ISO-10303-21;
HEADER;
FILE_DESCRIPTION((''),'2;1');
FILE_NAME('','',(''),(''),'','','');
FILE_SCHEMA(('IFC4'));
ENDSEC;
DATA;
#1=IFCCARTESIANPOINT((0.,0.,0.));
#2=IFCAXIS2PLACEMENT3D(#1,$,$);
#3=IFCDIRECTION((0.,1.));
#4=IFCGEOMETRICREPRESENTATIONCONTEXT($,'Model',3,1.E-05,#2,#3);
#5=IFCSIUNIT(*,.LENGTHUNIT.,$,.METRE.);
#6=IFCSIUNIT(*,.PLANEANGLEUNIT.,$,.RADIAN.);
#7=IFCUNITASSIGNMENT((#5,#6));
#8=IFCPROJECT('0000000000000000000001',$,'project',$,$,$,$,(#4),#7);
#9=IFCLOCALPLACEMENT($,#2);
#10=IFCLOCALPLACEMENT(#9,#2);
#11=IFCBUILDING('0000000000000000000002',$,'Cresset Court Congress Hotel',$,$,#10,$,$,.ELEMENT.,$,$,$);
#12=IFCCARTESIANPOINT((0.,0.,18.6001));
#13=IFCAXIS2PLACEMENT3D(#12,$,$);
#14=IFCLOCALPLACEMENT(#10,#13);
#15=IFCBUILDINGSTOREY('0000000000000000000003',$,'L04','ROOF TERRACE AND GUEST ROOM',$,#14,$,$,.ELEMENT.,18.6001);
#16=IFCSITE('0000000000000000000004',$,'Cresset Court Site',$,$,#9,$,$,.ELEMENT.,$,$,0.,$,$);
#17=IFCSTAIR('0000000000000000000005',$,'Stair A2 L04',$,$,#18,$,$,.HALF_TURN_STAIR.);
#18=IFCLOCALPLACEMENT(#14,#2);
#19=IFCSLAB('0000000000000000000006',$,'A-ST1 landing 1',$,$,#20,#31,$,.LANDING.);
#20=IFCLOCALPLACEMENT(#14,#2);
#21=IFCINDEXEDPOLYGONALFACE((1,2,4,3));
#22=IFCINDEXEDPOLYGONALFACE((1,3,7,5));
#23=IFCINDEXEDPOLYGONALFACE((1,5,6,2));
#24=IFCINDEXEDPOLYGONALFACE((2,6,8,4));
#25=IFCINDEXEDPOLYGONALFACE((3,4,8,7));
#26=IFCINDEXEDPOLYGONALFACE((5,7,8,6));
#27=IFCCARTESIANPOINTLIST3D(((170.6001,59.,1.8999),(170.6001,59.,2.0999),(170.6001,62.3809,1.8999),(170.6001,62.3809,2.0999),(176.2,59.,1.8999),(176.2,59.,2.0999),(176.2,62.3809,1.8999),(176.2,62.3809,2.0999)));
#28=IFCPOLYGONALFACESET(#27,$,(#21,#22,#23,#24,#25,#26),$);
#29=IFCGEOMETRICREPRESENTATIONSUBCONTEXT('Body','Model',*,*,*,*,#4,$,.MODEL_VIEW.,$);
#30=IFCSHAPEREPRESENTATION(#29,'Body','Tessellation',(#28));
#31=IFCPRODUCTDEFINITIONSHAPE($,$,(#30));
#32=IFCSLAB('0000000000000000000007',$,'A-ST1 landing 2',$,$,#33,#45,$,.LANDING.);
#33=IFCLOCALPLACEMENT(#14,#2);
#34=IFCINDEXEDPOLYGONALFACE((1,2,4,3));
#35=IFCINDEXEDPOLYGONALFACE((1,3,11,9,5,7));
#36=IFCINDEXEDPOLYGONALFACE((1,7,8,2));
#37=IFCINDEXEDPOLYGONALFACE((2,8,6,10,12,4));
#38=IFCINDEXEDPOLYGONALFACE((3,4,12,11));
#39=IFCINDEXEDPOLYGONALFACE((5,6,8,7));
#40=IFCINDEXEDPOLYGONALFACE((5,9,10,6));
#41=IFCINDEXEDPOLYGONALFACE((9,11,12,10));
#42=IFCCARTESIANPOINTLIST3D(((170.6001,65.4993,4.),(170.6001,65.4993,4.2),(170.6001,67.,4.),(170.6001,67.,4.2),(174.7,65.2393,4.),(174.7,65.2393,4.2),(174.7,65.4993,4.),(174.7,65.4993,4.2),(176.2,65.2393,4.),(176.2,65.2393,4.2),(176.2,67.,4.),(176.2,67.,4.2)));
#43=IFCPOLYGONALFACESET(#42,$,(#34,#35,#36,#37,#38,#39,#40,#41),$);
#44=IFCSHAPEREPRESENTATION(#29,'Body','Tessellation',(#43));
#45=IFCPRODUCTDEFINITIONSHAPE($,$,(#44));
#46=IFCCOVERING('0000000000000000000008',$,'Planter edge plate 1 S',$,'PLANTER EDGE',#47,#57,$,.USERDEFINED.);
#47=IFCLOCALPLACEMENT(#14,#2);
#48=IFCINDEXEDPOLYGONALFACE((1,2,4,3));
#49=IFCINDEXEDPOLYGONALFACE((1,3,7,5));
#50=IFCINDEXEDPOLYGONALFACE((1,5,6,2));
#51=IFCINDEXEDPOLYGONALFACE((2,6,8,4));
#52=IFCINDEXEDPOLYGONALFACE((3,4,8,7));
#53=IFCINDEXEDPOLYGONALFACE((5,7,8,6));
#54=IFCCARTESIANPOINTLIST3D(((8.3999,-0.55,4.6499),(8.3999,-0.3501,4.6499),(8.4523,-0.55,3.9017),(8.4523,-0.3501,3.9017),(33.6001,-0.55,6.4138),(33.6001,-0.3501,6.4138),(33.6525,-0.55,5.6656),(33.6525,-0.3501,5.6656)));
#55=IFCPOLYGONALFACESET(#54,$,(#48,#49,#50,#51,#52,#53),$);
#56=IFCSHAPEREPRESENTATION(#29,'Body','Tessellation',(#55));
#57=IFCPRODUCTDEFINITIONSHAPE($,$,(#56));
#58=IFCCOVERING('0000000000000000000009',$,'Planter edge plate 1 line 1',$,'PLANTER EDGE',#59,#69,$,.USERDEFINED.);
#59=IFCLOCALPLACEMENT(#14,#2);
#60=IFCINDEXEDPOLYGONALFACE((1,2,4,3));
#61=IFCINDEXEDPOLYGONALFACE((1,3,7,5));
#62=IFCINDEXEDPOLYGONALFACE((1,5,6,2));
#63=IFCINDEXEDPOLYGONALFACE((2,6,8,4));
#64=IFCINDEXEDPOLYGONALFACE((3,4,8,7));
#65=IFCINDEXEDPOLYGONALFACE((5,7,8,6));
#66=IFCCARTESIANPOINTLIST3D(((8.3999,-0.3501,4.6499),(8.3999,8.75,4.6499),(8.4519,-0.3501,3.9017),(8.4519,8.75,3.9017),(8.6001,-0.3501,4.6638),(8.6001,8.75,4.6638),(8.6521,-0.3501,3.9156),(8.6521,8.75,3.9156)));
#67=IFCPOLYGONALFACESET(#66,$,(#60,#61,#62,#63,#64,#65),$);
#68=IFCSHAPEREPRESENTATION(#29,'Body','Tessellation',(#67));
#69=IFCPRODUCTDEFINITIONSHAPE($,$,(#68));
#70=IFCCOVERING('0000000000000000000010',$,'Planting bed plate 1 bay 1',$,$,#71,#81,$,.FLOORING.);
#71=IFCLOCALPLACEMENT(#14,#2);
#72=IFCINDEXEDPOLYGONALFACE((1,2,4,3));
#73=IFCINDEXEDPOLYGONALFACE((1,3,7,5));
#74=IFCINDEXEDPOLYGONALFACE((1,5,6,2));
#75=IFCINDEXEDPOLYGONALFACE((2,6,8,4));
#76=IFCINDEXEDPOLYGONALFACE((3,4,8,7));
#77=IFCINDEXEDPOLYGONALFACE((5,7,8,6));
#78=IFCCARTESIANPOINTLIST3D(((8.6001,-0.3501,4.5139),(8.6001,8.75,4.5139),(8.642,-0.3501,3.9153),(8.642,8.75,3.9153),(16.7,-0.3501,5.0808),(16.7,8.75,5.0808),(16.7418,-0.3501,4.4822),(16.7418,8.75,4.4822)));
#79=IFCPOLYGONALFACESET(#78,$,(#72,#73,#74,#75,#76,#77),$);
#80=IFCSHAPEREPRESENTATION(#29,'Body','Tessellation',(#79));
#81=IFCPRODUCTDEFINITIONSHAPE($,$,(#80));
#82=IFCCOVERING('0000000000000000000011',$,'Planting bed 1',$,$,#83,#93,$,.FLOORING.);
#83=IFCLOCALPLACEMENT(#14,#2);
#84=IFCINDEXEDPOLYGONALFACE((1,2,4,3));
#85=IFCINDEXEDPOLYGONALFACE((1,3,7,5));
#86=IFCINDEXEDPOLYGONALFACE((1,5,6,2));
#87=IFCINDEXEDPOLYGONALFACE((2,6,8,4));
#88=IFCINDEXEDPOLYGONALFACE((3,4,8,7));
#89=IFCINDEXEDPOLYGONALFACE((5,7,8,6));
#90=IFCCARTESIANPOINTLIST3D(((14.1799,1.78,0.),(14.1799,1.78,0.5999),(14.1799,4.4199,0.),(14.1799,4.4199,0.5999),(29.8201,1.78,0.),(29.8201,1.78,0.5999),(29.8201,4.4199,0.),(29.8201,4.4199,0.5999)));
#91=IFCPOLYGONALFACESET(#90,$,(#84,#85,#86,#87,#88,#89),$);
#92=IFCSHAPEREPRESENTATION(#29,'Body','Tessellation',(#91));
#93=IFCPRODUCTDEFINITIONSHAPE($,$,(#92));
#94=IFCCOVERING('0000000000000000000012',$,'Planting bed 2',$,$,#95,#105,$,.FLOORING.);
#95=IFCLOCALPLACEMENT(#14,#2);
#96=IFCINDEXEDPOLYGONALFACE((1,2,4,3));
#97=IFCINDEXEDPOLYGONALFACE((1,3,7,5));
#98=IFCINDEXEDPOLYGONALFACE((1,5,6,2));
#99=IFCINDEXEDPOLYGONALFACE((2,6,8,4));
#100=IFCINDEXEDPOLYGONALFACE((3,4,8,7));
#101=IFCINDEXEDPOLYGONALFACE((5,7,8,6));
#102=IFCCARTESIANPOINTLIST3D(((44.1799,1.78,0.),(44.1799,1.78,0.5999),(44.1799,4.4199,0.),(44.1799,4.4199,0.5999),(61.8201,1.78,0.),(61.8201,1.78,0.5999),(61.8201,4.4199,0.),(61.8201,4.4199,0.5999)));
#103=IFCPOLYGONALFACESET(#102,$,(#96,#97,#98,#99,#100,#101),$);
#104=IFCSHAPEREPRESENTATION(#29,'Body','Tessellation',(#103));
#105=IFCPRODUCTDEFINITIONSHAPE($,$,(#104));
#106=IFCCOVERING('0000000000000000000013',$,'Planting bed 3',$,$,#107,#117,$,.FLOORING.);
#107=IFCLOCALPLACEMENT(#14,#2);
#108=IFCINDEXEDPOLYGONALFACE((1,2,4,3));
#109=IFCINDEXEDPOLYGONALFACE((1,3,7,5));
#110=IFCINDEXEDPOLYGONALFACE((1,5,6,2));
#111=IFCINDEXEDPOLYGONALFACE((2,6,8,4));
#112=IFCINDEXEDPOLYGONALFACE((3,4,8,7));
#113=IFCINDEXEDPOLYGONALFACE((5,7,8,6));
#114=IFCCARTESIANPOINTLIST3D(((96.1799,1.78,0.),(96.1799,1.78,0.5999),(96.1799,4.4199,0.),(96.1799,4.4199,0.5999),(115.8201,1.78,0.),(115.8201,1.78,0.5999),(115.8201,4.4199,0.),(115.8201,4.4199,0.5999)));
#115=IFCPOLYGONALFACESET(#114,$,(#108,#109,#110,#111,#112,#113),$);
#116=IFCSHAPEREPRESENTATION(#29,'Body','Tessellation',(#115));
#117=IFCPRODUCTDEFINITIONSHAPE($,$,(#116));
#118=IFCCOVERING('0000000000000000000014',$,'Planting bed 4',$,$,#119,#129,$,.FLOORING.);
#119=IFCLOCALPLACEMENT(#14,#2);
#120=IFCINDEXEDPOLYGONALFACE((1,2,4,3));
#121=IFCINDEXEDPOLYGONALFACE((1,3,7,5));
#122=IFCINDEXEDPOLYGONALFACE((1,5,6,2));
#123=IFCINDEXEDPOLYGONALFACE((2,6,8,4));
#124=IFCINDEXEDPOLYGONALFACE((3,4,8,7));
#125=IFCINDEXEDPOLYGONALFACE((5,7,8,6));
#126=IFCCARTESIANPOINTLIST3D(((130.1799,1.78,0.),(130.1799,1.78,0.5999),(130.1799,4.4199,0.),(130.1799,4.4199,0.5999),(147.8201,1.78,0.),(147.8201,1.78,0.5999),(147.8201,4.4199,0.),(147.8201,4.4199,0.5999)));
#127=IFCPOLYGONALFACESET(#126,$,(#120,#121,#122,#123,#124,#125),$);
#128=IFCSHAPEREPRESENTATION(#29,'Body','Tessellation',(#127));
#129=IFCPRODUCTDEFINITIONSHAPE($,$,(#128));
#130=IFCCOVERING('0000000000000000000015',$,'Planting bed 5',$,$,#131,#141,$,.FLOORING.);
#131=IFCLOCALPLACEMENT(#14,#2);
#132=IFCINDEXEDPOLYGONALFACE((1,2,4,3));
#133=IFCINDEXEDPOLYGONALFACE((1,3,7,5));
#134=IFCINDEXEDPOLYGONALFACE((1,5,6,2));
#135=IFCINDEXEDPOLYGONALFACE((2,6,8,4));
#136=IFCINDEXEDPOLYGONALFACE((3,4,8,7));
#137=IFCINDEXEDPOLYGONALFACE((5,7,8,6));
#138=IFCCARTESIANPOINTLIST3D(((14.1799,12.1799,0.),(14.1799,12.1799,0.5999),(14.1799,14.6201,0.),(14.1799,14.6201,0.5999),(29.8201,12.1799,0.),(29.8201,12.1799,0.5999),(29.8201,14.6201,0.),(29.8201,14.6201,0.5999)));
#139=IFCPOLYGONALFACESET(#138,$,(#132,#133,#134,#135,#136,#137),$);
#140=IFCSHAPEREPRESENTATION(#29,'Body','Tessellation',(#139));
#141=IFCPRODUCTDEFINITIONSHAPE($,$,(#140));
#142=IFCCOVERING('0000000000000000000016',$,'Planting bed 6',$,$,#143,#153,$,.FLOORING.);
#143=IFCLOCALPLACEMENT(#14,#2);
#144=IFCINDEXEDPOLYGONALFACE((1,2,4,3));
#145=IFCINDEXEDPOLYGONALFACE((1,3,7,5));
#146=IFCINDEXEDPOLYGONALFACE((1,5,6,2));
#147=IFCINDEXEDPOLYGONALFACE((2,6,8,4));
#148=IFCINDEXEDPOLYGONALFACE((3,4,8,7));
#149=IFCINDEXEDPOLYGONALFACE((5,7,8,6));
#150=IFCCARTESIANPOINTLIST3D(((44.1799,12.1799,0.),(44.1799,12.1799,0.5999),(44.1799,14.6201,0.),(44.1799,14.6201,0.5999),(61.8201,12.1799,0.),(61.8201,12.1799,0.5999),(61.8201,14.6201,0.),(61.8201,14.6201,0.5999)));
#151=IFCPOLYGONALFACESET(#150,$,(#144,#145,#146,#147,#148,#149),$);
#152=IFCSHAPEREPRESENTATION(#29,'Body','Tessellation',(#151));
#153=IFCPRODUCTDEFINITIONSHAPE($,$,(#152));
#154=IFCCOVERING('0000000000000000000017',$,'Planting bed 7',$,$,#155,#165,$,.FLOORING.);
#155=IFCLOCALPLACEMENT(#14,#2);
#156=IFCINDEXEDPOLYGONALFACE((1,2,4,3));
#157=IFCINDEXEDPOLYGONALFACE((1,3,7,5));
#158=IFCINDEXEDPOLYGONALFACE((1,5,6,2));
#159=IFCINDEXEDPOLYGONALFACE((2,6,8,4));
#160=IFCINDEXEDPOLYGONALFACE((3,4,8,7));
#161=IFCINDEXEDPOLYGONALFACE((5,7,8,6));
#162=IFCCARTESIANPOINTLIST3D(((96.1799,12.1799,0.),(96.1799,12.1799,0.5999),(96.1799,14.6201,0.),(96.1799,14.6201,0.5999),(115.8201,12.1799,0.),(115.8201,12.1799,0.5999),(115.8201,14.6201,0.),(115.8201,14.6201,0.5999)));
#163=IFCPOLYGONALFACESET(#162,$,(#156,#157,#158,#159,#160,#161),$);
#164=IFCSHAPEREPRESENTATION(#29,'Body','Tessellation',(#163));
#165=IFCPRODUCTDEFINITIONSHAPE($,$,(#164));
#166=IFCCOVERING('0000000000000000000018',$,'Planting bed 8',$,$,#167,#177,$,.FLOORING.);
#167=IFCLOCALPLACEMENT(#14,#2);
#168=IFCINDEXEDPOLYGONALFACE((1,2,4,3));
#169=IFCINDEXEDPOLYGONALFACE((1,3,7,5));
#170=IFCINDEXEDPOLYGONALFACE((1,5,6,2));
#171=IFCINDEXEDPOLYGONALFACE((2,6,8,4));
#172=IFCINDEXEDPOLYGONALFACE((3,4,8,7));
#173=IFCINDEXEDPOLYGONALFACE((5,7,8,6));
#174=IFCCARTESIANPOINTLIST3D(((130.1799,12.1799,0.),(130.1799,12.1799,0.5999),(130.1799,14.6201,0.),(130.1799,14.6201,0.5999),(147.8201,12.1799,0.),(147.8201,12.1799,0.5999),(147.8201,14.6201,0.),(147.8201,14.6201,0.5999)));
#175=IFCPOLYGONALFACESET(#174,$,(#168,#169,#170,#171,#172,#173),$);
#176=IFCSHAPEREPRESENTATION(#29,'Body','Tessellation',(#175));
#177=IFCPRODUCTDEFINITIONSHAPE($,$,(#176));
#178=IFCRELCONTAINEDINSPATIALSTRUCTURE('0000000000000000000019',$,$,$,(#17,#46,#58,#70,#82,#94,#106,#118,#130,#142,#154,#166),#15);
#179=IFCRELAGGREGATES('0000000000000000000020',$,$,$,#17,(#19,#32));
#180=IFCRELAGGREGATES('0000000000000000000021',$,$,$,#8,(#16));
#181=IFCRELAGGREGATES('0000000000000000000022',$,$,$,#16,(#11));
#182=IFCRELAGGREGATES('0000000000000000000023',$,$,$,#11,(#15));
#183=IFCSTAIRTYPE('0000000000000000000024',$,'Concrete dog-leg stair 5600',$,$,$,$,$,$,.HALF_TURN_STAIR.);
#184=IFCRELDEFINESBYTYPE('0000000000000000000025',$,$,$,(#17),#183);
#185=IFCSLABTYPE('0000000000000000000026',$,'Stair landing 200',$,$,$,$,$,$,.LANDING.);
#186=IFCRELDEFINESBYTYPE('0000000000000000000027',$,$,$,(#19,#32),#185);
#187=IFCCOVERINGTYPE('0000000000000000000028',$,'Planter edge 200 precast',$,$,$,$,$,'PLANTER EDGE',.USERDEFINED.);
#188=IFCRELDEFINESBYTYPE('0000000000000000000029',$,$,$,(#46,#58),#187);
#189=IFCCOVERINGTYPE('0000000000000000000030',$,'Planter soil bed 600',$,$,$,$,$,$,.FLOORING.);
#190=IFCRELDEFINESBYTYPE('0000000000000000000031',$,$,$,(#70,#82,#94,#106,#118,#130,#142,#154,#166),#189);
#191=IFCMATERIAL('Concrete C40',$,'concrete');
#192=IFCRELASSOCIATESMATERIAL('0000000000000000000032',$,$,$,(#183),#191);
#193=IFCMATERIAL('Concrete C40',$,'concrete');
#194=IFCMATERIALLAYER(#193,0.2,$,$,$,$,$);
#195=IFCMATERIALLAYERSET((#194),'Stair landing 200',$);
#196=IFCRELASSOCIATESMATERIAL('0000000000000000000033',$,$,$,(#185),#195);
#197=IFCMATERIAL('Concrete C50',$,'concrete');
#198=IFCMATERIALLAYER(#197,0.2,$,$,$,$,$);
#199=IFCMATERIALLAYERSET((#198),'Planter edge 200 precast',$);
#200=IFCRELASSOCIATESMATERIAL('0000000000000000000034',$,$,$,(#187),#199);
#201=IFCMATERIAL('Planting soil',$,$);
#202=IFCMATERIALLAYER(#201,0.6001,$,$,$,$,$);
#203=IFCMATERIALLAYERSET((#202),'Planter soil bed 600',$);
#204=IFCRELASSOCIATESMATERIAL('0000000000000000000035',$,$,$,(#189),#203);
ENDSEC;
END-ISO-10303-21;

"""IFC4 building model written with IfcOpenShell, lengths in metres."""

from ifc_helpers import new_model, si_unit, direction, frame, origin, place, context, subcontext, project, spatial, polyline, outline, extrude, material, layer, layer_set, type_object, element, aggregate, save


model = new_model("IFC4")

# Units and contexts
model_context = context("Model", 3, precision=1e-05, world=origin(), true_north=direction((0.0, 1.0)))
body_context = subcontext(model_context, "Body", "Model", "MODEL_VIEW")
ifc_project = project(units=[si_unit("LENGTHUNIT", "METRE"), si_unit("PLANEANGLEUNIT", "RADIAN")], contexts=[model_context])

# Site, building, storey
site_placement = place(None, origin())
site = spatial("IfcSite", under=ifc_project, at=site_placement, Name="Cresset Court Site", CompositionType="ELEMENT", RefElevation=0.0)
building_placement = place(site_placement, origin())
building = spatial("IfcBuilding", under=site, at=building_placement, Name="Cresset Court Congress Hotel", CompositionType="ELEMENT")
storey_placement = place(building_placement, frame((0.0, 0.0, 18.6001)))
storey = spatial("IfcBuildingStorey", under=building, at=storey_placement, Name="L04", Description="ROOF TERRACE AND GUEST ROOM", CompositionType="ELEMENT", Elevation=18.6001)

# Stair, slabs
ifc_material_1 = material(Name="Concrete C40", Category="concrete")
stair_type = type_object("IfcStairType", Name="Concrete dog-leg stair 5600", PredefinedType="HALF_TURN_STAIR", material=ifc_material_1)
ifc_material_2 = material(Name="Concrete C40", Category="concrete")
ifc_layer_1 = layer(ifc_material_2, 0.2)
ifc_layer_set_1 = layer_set([ifc_layer_1], Name="Stair landing 200")
slab_type_1 = type_object("IfcSlabType", Name="Stair landing 200", PredefinedType="LANDING", material=ifc_layer_set_1)
stair_1_placement = place(storey_placement, origin())
stair_1 = element("IfcStair", 1, at=stair_1_placement, inside=storey, type_object=stair_type, Name="Stair A2 L04", PredefinedType="HALF_TURN_STAIR")
slab_1_placement = place(storey_placement, frame((0.0, 0.0, 1.8999)))
slab_1 = element("IfcSlab", 2, at=slab_1_placement, type_object=slab_type_1, Name="A-ST1 landing 1", PredefinedType="LANDING", context=body_context, shape_type="SweptSolid", body=[
    extrude(outline(polyline([(170.6001, 62.3809), (176.2, 62.3809), (176.2, 59.0), (170.6001, 59.0), (170.6001, 62.3809)])), origin(), (0.0, 0.0, 1.0), 0.2),
])
slab_2_placement = place(storey_placement, frame((0.0, 0.0, 4.0)))
slab_2 = element("IfcSlab", 3, at=slab_2_placement, type_object=slab_type_1, Name="A-ST1 landing 2", PredefinedType="LANDING", context=body_context, shape_type="SweptSolid", body=[
    extrude(outline(polyline([(170.6001, 67.0), (176.2, 67.0), (176.2, 65.2393), (174.7, 65.2393), (174.7, 65.4993), (170.6001, 65.4993), (170.6001, 67.0)])), origin(), (0.0, 0.0, 1.0), 0.2),
])
aggregate(stair_1, [slab_1, slab_2])

# Coverings
ifc_material_3 = material(Name="Concrete C50", Category="concrete")
ifc_layer_2 = layer(ifc_material_3, 0.2)
ifc_layer_set_2 = layer_set([ifc_layer_2], Name="Planter edge 200 precast")
covering_type_1 = type_object("IfcCoveringType", Name="Planter edge 200 precast", ElementType="PLANTER EDGE", PredefinedType="USERDEFINED", material=ifc_layer_set_2)
covering_1_placement = place(storey_placement, frame((8.3999, -0.55, 4.6499), z_axis=(-0.069825, 0.0, 0.997559), x_axis=(0.997559, 0.0, 0.069825)))
element("IfcCovering", 4, at=covering_1_placement, inside=storey, type_object=covering_type_1, Name="Planter edge plate 1 S", ObjectType="PLANTER EDGE", PredefinedType="USERDEFINED", context=body_context, shape_type="SweptSolid", body=[
    extrude(outline(polyline([(0.0, 0.0), (25.2619, 0.0), (25.2619, 0.2), (0.0, 0.2), (0.0, 0.0)])), origin(), (0.0, 0.0, -1.0), 0.75),
])
covering_2_placement = place(storey_placement, frame((8.3999, -0.3501, 4.6499), z_axis=(-0.069345, 0.0, 0.997593), x_axis=(0.997593, 0.0, 0.069345)))
element("IfcCovering", 5, at=covering_2_placement, inside=storey, type_object=covering_type_1, Name="Planter edge plate 1 line 1", ObjectType="PLANTER EDGE", PredefinedType="USERDEFINED", context=body_context, shape_type="SweptSolid", body=[
    extrude(outline(polyline([(0.0, 0.0), (0.2007, 0.0), (0.2007, 9.1001), (0.0, 9.1001), (0.0, 0.0)])), origin(), (0.0, 0.0, -1.0), 0.75),
])
ifc_material_4 = material(Name="Planting soil")
ifc_layer_3 = layer(ifc_material_4, 0.6001)
ifc_layer_set_3 = layer_set([ifc_layer_3], Name="Planter soil bed 600")
covering_type_2 = type_object("IfcCoveringType", Name="Planter soil bed 600", PredefinedType="FLOORING", material=ifc_layer_set_3)
covering_3_placement = place(storey_placement, frame((8.6001, -0.3501, 4.5139), z_axis=(-0.069817, 0.0, 0.99756), x_axis=(0.99756, 0.0, 0.069817)))
element("IfcCovering", 6, at=covering_3_placement, inside=storey, type_object=covering_type_2, Name="Planting bed plate 1 bay 1", PredefinedType="FLOORING", context=body_context, shape_type="SweptSolid", body=[
    extrude(outline(polyline([(0.0, 0.0), (8.1197, 0.0), (8.1197, 9.1001), (0.0, 9.1001), (0.0, 0.0)])), origin(), (0.0, 0.0, -1.0), 0.6001),
])
covering_4_placement = place(storey_placement, origin())
element("IfcCovering", 7, at=covering_4_placement, inside=storey, type_object=covering_type_2, Name="Planting bed 1", PredefinedType="FLOORING", context=body_context, shape_type="SweptSolid", body=[
    extrude(outline(polyline([(14.1799, 1.78), (29.8201, 1.78), (29.8201, 4.4199), (14.1799, 4.4199), (14.1799, 1.78)])), origin(), (0.0, 0.0, 1.0), 0.5999),
])
covering_5_placement = place(storey_placement, origin())
element("IfcCovering", 8, at=covering_5_placement, inside=storey, type_object=covering_type_2, Name="Planting bed 2", PredefinedType="FLOORING", context=body_context, shape_type="SweptSolid", body=[
    extrude(outline(polyline([(44.1799, 1.78), (61.8201, 1.78), (61.8201, 4.4199), (44.1799, 4.4199), (44.1799, 1.78)])), origin(), (0.0, 0.0, 1.0), 0.5999),
])
covering_6_placement = place(storey_placement, origin())
element("IfcCovering", 9, at=covering_6_placement, inside=storey, type_object=covering_type_2, Name="Planting bed 3", PredefinedType="FLOORING", context=body_context, shape_type="SweptSolid", body=[
    extrude(outline(polyline([(96.1799, 1.78), (115.8201, 1.78), (115.8201, 4.4199), (96.1799, 4.4199), (96.1799, 1.78)])), origin(), (0.0, 0.0, 1.0), 0.5999),
])
covering_7_placement = place(storey_placement, origin())
element("IfcCovering", 10, at=covering_7_placement, inside=storey, type_object=covering_type_2, Name="Planting bed 4", PredefinedType="FLOORING", context=body_context, shape_type="SweptSolid", body=[
    extrude(outline(polyline([(130.1799, 1.78), (147.8201, 1.78), (147.8201, 4.4199), (130.1799, 4.4199), (130.1799, 1.78)])), origin(), (0.0, 0.0, 1.0), 0.5999),
])
covering_8_placement = place(storey_placement, origin())
element("IfcCovering", 11, at=covering_8_placement, inside=storey, type_object=covering_type_2, Name="Planting bed 5", PredefinedType="FLOORING", context=body_context, shape_type="SweptSolid", body=[
    extrude(outline(polyline([(14.1799, 12.1799), (29.8201, 12.1799), (29.8201, 14.6201), (14.1799, 14.6201), (14.1799, 12.1799)])), origin(), (0.0, 0.0, 1.0), 0.5999),
])
covering_9_placement = place(storey_placement, origin())
element("IfcCovering", 12, at=covering_9_placement, inside=storey, type_object=covering_type_2, Name="Planting bed 6", PredefinedType="FLOORING", context=body_context, shape_type="SweptSolid", body=[
    extrude(outline(polyline([(44.1799, 12.1799), (61.8201, 12.1799), (61.8201, 14.6201), (44.1799, 14.6201), (44.1799, 12.1799)])), origin(), (0.0, 0.0, 1.0), 0.5999),
])
covering_10_placement = place(storey_placement, origin())
element("IfcCovering", 13, at=covering_10_placement, inside=storey, type_object=covering_type_2, Name="Planting bed 7", PredefinedType="FLOORING", context=body_context, shape_type="SweptSolid", body=[
    extrude(outline(polyline([(96.1799, 12.1799), (115.8201, 12.1799), (115.8201, 14.6201), (96.1799, 14.6201), (96.1799, 12.1799)])), origin(), (0.0, 0.0, 1.0), 0.5999),
])
covering_11_placement = place(storey_placement, origin())
element("IfcCovering", 14, at=covering_11_placement, inside=storey, type_object=covering_type_2, Name="Planting bed 8", PredefinedType="FLOORING", context=body_context, shape_type="SweptSolid", body=[
    extrude(outline(polyline([(130.1799, 12.1799), (147.8201, 12.1799), (147.8201, 14.6201), (130.1799, 14.6201), (130.1799, 12.1799)])), origin(), (0.0, 0.0, 1.0), 0.5999),
])

save(model, "model.ifc")
